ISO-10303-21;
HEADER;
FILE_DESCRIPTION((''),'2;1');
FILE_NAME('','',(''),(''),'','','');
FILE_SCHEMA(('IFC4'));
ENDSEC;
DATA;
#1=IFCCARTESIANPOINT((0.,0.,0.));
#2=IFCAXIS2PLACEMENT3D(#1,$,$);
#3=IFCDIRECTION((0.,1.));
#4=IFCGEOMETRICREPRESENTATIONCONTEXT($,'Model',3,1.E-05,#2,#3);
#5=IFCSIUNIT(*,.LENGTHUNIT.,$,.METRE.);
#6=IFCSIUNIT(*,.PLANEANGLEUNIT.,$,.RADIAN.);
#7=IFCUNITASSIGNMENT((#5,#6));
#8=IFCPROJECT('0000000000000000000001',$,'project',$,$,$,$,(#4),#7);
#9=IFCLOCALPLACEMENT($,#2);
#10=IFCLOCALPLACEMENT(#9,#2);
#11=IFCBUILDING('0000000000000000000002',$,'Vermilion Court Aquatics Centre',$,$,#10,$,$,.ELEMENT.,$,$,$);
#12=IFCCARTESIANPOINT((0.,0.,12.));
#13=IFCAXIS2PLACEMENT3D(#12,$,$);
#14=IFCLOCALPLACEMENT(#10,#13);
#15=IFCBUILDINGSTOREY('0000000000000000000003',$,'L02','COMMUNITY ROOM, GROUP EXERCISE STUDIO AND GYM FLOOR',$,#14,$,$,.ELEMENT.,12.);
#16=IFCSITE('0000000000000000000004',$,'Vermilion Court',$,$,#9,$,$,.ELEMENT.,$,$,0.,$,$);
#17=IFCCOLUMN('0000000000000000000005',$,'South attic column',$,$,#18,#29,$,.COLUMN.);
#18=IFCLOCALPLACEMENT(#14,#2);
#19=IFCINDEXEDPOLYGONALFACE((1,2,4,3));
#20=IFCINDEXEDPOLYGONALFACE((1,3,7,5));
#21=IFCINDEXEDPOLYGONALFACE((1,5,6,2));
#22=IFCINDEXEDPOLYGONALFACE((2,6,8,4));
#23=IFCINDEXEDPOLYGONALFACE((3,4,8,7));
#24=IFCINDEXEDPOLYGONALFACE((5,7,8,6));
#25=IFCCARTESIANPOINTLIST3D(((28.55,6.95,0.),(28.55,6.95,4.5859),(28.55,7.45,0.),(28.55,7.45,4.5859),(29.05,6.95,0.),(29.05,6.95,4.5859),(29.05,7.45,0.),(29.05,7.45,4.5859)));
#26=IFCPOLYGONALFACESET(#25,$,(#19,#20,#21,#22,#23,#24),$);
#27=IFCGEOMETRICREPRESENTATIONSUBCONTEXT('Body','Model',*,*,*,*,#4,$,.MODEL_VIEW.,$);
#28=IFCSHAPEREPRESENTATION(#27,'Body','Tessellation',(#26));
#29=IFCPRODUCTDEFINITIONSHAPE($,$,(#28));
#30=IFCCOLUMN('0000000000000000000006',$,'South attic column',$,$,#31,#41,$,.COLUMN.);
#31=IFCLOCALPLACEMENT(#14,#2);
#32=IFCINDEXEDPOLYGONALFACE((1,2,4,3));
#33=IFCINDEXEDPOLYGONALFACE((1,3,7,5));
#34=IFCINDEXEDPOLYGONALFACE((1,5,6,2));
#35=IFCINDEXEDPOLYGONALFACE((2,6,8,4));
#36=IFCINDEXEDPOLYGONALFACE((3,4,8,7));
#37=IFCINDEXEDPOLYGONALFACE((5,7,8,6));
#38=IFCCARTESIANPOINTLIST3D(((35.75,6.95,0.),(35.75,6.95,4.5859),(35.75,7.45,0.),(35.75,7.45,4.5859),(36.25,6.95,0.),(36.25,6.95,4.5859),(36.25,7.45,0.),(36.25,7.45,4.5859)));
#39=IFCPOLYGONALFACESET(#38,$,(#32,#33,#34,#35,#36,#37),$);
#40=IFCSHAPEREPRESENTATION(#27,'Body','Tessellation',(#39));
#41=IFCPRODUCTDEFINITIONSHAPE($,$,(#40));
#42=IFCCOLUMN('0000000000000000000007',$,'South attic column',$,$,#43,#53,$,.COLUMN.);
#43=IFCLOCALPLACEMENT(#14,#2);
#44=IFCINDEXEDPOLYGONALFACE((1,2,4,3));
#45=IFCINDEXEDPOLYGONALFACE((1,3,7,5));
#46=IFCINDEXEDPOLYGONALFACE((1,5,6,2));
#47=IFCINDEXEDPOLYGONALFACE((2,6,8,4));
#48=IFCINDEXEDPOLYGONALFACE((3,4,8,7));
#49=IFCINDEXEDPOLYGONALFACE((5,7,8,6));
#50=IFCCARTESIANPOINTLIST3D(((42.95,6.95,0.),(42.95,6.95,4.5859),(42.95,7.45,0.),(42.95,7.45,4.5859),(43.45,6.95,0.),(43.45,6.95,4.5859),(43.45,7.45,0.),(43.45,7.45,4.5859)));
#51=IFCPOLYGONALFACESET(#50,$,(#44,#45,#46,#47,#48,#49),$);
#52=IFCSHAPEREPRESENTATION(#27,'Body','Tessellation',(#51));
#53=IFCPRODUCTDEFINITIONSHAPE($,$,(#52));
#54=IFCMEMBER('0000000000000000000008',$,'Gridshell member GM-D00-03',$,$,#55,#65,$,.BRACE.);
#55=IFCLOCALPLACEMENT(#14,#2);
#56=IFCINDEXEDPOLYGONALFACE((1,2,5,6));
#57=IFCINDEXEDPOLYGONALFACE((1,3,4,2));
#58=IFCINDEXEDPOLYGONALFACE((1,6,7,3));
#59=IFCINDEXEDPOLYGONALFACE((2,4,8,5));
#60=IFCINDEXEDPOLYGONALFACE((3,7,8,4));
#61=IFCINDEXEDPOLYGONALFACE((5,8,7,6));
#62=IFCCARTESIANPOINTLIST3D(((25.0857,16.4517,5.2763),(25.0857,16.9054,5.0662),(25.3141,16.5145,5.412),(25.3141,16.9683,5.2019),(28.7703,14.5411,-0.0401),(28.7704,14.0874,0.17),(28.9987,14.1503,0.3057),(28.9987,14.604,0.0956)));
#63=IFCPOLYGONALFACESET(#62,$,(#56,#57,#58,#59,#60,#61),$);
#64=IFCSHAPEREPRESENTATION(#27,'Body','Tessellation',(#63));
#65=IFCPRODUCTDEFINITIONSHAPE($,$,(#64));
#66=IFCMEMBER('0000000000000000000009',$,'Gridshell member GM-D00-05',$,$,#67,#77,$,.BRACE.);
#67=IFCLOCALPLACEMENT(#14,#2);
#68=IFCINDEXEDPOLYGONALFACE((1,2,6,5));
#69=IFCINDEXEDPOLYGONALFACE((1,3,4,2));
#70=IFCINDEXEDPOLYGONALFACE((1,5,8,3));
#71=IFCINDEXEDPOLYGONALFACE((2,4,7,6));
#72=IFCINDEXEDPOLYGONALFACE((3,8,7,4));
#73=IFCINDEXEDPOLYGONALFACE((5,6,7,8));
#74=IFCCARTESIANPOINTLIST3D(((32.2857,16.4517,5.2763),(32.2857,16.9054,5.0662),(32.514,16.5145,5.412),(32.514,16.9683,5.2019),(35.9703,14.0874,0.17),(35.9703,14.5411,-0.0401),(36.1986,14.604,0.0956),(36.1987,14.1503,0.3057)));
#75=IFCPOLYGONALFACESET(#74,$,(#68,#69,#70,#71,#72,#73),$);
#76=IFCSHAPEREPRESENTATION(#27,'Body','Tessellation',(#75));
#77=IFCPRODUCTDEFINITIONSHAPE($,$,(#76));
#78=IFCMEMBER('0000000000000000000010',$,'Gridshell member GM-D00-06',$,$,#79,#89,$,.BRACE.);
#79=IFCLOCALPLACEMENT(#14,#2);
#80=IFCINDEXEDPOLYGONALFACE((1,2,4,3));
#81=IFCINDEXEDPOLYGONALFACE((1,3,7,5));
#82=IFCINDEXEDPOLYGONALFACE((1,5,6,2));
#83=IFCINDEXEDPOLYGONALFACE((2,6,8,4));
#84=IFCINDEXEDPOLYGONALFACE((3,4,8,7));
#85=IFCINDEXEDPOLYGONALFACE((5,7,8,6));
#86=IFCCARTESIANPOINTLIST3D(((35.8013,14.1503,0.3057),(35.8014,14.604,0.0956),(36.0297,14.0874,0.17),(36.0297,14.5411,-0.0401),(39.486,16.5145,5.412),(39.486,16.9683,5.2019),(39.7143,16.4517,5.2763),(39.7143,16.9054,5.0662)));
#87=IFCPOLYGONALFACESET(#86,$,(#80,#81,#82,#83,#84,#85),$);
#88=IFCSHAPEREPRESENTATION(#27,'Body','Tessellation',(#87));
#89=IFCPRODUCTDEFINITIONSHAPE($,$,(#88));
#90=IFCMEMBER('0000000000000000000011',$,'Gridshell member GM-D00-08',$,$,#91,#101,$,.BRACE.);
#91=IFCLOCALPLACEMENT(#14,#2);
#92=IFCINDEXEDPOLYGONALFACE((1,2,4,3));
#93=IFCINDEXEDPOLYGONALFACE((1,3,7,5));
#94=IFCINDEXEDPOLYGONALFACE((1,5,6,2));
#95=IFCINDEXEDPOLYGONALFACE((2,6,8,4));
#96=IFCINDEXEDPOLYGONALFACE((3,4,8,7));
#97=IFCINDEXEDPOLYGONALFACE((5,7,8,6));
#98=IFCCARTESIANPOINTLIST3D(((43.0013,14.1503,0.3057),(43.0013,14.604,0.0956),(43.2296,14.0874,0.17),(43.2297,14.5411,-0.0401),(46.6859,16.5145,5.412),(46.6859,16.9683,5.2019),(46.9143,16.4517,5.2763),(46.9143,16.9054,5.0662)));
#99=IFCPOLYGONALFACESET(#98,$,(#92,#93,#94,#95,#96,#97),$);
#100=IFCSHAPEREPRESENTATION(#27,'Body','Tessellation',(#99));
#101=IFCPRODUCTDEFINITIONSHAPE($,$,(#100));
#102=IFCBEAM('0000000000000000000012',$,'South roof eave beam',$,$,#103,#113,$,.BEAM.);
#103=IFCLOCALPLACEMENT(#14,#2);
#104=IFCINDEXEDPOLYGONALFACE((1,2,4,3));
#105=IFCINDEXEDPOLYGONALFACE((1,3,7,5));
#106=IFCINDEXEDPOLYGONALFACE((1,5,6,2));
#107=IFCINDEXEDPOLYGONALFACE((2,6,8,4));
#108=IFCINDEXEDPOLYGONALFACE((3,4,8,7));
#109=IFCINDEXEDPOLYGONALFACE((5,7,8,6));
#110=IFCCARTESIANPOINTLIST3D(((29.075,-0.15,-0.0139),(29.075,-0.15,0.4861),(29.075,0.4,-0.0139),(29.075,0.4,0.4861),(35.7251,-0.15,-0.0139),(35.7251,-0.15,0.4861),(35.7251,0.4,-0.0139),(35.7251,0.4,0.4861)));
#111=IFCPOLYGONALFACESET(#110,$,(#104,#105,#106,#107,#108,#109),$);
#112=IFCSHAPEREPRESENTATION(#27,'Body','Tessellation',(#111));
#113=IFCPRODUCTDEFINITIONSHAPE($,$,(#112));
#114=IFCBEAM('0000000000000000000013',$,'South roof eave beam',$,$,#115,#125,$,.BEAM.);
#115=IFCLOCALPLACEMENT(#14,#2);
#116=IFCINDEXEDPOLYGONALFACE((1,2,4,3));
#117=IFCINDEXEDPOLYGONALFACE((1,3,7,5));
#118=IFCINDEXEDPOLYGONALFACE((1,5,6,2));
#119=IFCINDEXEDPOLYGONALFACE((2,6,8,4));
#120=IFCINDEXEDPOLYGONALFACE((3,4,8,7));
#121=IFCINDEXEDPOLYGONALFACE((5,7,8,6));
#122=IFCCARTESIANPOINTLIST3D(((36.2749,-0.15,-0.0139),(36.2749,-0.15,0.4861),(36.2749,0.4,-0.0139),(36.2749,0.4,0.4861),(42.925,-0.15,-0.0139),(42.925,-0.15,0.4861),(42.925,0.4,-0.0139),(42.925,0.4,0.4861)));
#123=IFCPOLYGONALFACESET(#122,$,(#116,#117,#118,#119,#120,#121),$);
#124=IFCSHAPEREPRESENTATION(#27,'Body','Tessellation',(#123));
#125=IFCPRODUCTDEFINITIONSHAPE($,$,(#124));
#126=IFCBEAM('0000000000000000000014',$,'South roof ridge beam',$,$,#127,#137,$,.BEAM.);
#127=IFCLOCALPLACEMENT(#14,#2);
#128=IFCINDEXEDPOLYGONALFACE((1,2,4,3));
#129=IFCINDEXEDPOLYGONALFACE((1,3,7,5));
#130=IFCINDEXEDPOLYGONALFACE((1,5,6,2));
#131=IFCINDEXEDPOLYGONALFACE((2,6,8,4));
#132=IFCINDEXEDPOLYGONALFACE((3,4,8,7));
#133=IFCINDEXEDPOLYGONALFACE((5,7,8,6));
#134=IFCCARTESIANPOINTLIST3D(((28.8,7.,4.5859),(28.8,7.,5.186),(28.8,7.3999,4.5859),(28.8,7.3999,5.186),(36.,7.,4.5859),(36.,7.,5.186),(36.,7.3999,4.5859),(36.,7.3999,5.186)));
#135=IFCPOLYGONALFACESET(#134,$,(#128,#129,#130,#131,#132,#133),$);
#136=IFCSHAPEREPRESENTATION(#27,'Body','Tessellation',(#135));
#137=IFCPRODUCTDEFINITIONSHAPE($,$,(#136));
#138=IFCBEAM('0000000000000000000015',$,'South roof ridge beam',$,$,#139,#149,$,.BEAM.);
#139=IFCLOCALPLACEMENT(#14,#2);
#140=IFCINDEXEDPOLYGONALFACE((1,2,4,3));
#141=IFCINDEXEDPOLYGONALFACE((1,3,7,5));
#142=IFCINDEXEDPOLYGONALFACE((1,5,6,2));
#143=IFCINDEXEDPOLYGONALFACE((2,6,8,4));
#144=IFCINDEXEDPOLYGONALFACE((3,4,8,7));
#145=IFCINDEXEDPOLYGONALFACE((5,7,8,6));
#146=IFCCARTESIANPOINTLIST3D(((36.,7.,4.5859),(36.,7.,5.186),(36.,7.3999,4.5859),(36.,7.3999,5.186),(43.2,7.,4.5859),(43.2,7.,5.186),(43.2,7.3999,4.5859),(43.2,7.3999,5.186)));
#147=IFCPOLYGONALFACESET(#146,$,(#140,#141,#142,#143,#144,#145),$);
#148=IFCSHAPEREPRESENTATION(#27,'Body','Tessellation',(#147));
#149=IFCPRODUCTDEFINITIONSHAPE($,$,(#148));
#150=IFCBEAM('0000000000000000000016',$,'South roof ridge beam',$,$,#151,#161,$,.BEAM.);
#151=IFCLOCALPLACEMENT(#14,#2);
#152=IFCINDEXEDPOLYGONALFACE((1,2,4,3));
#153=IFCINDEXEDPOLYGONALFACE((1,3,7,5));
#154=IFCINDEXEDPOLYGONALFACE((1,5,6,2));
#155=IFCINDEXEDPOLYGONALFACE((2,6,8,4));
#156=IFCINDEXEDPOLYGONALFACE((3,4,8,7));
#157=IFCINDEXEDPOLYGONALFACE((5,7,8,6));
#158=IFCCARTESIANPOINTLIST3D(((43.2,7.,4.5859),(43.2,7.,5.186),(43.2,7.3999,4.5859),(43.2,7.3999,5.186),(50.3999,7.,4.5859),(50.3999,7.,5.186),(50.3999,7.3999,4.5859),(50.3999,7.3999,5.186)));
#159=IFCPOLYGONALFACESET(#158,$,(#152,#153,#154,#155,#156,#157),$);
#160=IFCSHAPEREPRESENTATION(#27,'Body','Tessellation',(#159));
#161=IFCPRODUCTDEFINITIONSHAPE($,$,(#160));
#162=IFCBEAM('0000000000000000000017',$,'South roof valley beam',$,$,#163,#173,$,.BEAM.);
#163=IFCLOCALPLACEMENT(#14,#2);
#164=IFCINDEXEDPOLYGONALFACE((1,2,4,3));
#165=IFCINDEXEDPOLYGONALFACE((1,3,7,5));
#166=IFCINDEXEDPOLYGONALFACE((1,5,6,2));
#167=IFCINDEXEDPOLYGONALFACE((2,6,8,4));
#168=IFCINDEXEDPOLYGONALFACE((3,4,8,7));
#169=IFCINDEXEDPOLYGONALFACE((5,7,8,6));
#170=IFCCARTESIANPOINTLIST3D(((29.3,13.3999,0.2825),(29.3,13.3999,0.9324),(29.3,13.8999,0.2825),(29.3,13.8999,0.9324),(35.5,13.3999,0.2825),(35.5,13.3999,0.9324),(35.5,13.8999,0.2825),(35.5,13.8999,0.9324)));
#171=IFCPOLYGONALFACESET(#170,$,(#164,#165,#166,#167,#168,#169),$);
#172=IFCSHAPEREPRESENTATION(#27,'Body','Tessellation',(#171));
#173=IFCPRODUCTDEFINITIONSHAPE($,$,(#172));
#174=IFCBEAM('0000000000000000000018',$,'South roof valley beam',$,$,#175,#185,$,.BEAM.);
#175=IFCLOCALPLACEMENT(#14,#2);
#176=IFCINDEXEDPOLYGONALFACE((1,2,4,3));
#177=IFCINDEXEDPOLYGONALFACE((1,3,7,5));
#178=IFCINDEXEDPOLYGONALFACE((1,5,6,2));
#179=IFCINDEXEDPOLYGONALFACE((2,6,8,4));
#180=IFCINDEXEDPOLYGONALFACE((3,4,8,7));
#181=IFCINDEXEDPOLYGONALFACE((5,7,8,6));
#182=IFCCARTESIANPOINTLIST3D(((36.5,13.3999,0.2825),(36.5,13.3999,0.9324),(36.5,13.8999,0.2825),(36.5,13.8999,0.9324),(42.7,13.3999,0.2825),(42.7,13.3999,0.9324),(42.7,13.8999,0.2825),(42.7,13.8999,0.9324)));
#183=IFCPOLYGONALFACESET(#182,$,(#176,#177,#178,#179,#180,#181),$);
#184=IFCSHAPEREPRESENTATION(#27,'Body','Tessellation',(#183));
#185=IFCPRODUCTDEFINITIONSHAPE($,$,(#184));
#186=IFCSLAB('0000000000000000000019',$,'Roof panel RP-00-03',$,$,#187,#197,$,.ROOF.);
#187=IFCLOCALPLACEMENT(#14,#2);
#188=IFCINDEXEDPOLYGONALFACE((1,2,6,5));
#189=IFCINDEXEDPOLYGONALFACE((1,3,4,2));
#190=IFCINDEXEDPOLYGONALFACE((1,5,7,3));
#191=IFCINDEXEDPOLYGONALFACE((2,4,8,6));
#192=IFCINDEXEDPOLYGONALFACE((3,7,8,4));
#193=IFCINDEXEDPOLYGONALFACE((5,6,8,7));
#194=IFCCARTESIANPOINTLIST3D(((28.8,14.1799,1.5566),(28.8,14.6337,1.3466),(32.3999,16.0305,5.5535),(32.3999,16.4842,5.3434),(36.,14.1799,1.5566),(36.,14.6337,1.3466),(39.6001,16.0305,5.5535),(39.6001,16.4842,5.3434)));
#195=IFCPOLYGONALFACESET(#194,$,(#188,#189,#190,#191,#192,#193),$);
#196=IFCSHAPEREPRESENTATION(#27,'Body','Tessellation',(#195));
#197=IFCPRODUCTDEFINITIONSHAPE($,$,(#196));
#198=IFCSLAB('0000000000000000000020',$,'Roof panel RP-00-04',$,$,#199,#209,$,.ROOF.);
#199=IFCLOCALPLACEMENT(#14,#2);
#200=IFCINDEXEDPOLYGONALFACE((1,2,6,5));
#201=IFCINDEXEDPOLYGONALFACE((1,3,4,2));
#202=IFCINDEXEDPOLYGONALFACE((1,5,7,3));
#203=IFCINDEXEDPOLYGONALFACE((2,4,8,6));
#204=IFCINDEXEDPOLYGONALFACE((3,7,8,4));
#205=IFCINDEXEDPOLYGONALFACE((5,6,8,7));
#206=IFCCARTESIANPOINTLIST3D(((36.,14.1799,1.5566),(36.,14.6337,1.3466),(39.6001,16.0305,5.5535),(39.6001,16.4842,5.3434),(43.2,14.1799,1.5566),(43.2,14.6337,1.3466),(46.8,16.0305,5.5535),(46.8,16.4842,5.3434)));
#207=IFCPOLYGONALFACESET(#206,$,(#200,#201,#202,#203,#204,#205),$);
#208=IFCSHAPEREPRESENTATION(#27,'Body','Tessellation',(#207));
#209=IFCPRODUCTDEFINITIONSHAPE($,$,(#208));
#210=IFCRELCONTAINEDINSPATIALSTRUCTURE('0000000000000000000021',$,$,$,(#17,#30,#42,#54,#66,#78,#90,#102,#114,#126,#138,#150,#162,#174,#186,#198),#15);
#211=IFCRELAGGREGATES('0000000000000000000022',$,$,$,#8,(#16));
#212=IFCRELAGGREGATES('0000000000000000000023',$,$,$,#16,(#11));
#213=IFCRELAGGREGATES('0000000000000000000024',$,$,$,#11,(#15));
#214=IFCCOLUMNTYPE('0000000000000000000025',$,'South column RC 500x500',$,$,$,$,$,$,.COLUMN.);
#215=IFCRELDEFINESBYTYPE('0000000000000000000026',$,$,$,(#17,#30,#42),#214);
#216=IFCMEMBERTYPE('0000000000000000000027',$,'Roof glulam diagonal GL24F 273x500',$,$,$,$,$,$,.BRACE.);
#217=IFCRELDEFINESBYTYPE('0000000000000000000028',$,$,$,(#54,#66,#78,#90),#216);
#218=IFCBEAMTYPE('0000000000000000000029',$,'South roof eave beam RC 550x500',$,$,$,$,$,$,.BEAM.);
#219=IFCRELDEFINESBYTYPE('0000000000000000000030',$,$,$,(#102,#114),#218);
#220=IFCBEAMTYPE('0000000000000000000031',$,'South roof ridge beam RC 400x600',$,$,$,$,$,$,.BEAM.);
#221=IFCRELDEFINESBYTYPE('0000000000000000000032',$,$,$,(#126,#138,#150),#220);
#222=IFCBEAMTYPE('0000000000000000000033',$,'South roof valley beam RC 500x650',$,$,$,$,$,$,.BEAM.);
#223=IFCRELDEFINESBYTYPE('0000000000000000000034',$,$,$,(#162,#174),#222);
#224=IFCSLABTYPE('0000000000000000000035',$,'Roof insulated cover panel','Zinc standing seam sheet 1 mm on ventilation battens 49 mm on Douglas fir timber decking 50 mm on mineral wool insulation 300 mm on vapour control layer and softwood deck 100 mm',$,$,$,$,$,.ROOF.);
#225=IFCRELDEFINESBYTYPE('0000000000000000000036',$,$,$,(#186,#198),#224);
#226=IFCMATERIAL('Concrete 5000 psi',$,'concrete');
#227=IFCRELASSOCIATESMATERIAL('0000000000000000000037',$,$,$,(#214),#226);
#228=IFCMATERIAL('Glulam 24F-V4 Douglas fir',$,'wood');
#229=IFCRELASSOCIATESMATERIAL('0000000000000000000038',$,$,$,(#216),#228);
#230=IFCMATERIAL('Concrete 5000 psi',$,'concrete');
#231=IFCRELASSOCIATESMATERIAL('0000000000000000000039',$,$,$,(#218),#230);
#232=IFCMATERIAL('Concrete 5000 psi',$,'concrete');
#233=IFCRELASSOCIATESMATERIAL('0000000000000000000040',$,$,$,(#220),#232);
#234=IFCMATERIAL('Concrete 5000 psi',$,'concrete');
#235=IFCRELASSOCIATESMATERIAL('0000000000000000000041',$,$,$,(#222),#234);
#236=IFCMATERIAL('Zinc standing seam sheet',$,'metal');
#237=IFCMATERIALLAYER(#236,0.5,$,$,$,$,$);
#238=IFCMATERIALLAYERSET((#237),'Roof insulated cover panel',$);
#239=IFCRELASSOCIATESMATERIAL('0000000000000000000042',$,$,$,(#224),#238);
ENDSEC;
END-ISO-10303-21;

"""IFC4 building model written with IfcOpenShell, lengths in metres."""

from ifc_helpers import new_model, si_unit, direction, frame, origin, origin_2d, place, context, subcontext, project, spatial, polyline, rectangle, outline, extrude, material, layer, layer_set, material_profile, profile_set, type_object, element, save


model = new_model("IFC4")

# Units and contexts
model_context = context("Model", 3, precision=1e-05, world=origin(), true_north=direction((0.0, 1.0)))
body_context = subcontext(model_context, "Body", "Model", "MODEL_VIEW")
ifc_project = project(units=[si_unit("LENGTHUNIT", "METRE"), si_unit("PLANEANGLEUNIT", "RADIAN")], contexts=[model_context])

# Site, building, storey
site_placement = place(None, origin())
site = spatial("IfcSite", under=ifc_project, at=site_placement, Name="Vermilion Court", CompositionType="ELEMENT", RefElevation=0.0)
building_placement = place(site_placement, origin())
building = spatial("IfcBuilding", under=site, at=building_placement, Name="Vermilion Court Aquatics Centre", CompositionType="ELEMENT")
storey_placement = place(building_placement, frame((0.0, 0.0, 12.0)))
storey = spatial("IfcBuildingStorey", under=building, at=storey_placement, Name="L02", Description="COMMUNITY ROOM, GROUP EXERCISE STUDIO AND GYM FLOOR", CompositionType="ELEMENT", Elevation=12.0)

# Columns
ifc_material_1 = material(Name="Concrete 5000 psi", Category="concrete")
ifc_material_profile_1 = material_profile(ifc_material_1, rectangle(XDim=0.5, YDim=0.5, at=origin_2d()), Name="RC 500x500")
ifc_profile_set_1 = profile_set([ifc_material_profile_1], Name="Concrete 5000 psi")
column_type = type_object("IfcColumnType", Name="South column RC 500x500", PredefinedType="COLUMN", material=ifc_profile_set_1)
for number, where, z_axis, x_axis, name in (
    (1, (28.8, 7.2, 0.0), (0.0, 0.0, 1.0), (1.0, 0.0, 0.0), "South attic column"),
    (2, (36.0, 7.2, 0.0), (0.0, 0.0, 1.0), (1.0, 0.0, 0.0), "South attic column"),
    (3, (43.2, 7.2, 0.0), (0.0, 0.0, 1.0), (1.0, 0.0, 0.0), "South attic column"),
):
    element("IfcColumn", number, at=place(storey_placement, frame(where, z_axis=z_axis, x_axis=x_axis)), inside=storey, type_object=column_type, Name=name, PredefinedType="COLUMN", context=body_context, shape_type="SweptSolid", body=[
        extrude(rectangle(XDim=0.5, YDim=0.5, at=origin_2d()), origin(), (0.0, 0.0, 1.0), 4.5859),
    ])

# Members
ifc_material_2 = material(Name="Glulam 24F-V4 Douglas fir", Category="wood")
ifc_material_profile_2 = material_profile(ifc_material_2, rectangle(XDim=0.2729, YDim=0.5, at=origin_2d()), Name="GL24F 273x500")
ifc_profile_set_2 = profile_set([ifc_material_profile_2], Name="Glulam 24F-V4 Douglas fir")
member_type = type_object("IfcMemberType", Name="Roof glulam diagonal GL24F 273x500", PredefinedType="BRACE", material=ifc_profile_set_2)
for number, where, z_axis, x_axis, name in (
    (4, (28.8845, 14.3457, 0.1328), (-0.54781, 0.35151, 0.759174), (-0.836603, -0.230193, -0.497099), "Gridshell member GM-D00-03"),
    (5, (36.0845, 14.3457, 0.1328), (-0.54781, 0.35151, 0.759174), (-0.836603, -0.230193, -0.497099), "Gridshell member GM-D00-05"),
    (6, (35.9155, 14.3457, 0.1328), (0.54781, 0.35151, 0.759174), (-0.836603, 0.230193, 0.497099), "Gridshell member GM-D00-06"),
    (7, (43.1155, 14.3457, 0.1328), (0.54781, 0.35151, 0.759174), (-0.836603, 0.230193, 0.497099), "Gridshell member GM-D00-08"),
):
    element("IfcMember", number, at=place(storey_placement, frame(where, z_axis=z_axis, x_axis=x_axis)), inside=storey, type_object=member_type, Name=name, PredefinedType="BRACE", context=body_context, shape_type="SweptSolid", body=[
        extrude(rectangle(XDim=0.2729, YDim=0.5, at=origin_2d()), origin(), (0.0, 0.0, 1.0), 6.7261),
    ])

# Beams
ifc_material_3 = material(Name="Concrete 5000 psi", Category="concrete")
ifc_material_profile_3 = material_profile(ifc_material_3, rectangle(XDim=0.55, YDim=0.5, at=origin_2d()), Name="RC 550x500")
ifc_profile_set_3 = profile_set([ifc_material_profile_3], Name="Concrete 5000 psi")
beam_type_1 = type_object("IfcBeamType", Name="South roof eave beam RC 550x500", PredefinedType="BEAM", material=ifc_profile_set_3)
for number, where, z_axis, x_axis, name in (
    (8, (29.075, 0.125, 0.2361), (1.0, 0.0, 0.0), (0.0, 1.0, 0.0), "South roof eave beam"),
    (9, (36.2749, 0.125, 0.2361), (1.0, 0.0, 0.0), (0.0, 1.0, 0.0), "South roof eave beam"),
):
    element("IfcBeam", number, at=place(storey_placement, frame(where, z_axis=z_axis, x_axis=x_axis)), inside=storey, type_object=beam_type_1, Name=name, PredefinedType="BEAM", context=body_context, shape_type="SweptSolid", body=[
        extrude(rectangle(XDim=0.55, YDim=0.5, at=origin_2d()), origin(), (0.0, 0.0, 1.0), 6.6501),
    ])
ifc_material_4 = material(Name="Concrete 5000 psi", Category="concrete")
ifc_material_profile_4 = material_profile(ifc_material_4, rectangle(XDim=0.3999, YDim=0.6001, at=origin_2d()), Name="RC 400x600")
ifc_profile_set_4 = profile_set([ifc_material_profile_4], Name="Concrete 5000 psi")
beam_type_2 = type_object("IfcBeamType", Name="South roof ridge beam RC 400x600", PredefinedType="BEAM", material=ifc_profile_set_4)
for number, where, z_axis, x_axis, name in (
    (10, (28.8, 7.2, 4.886), (1.0, 0.0, 0.0), (0.0, 1.0, 0.0), "South roof ridge beam"),
    (11, (36.0, 7.2, 4.886), (1.0, 0.0, 0.0), (0.0, 1.0, 0.0), "South roof ridge beam"),
    (12, (43.2, 7.2, 4.886), (1.0, 0.0, 0.0), (0.0, 1.0, 0.0), "South roof ridge beam"),
):
    element("IfcBeam", number, at=place(storey_placement, frame(where, z_axis=z_axis, x_axis=x_axis)), inside=storey, type_object=beam_type_2, Name=name, PredefinedType="BEAM", context=body_context, shape_type="SweptSolid", body=[
        extrude(rectangle(XDim=0.3999, YDim=0.6001, at=origin_2d()), origin(), (0.0, 0.0, 1.0), 7.2),
    ])
ifc_material_5 = material(Name="Concrete 5000 psi", Category="concrete")
ifc_material_profile_5 = material_profile(ifc_material_5, rectangle(XDim=0.5, YDim=0.6499, at=origin_2d()), Name="RC 500x650")
ifc_profile_set_5 = profile_set([ifc_material_profile_5], Name="Concrete 5000 psi")
beam_type_3 = type_object("IfcBeamType", Name="South roof valley beam RC 500x650", PredefinedType="BEAM", material=ifc_profile_set_5)
for number, where, z_axis, x_axis, name in (
    (13, (29.3, 13.6499, 0.6074), (1.0, 0.0, 0.0), (0.0, 1.0, 0.0), "South roof valley beam"),
    (14, (36.5, 13.6499, 0.6074), (1.0, 0.0, 0.0), (0.0, 1.0, 0.0), "South roof valley beam"),
):
    element("IfcBeam", number, at=place(storey_placement, frame(where, z_axis=z_axis, x_axis=x_axis)), inside=storey, type_object=beam_type_3, Name=name, PredefinedType="BEAM", context=body_context, shape_type="SweptSolid", body=[
        extrude(rectangle(XDim=0.5, YDim=0.6499, at=origin_2d()), origin(), (0.0, 0.0, 1.0), 6.2),
    ])

# Slabs
ifc_material_6 = material(Name="Zinc standing seam sheet", Category="metal")
ifc_layer_1 = layer(ifc_material_6, 0.5)
ifc_layer_set_1 = layer_set([ifc_layer_1], Name="Roof insulated cover panel")
slab_type_1 = type_object("IfcSlabType", Name="Roof insulated cover panel", Description="Zinc standing seam sheet 1 mm on ventilation battens 49 mm on Douglas fir timber decking 50 mm on mineral wool insulation 300 mm on vapour control layer and softwood deck 100 mm", PredefinedType="ROOF", material=ifc_layer_set_1)
slab_1_placement = place(storey_placement, frame((28.8, 14.1799, 1.5566), z_axis=(0.0, -0.907449, 0.420162), x_axis=(1.0, 0.0, 0.0)))
element("IfcSlab", 15, at=slab_1_placement, inside=storey, type_object=slab_type_1, Name="Roof panel RP-00-03", PredefinedType="ROOF", context=body_context, shape_type="SweptSolid", body=[
    extrude(outline(polyline([(0.0, 0.0), (7.2, 0.0), (10.8, 4.4045), (3.5999, 4.4045), (0.0, 0.0)])), origin(), (0.0, 0.0, -1.0), 0.5),
])
for number, where, z_axis, x_axis, name in (
    (16, (36.0, 14.1799, 1.5566), (0.0, -0.907449, 0.420162), (1.0, 0.0, 0.0), "Roof panel RP-00-04"),
):
    element("IfcSlab", number, at=place(storey_placement, frame(where, z_axis=z_axis, x_axis=x_axis)), inside=storey, type_object=slab_type_1, Name=name, PredefinedType="ROOF", context=body_context, shape_type="SweptSolid", body=[
        extrude(outline(polyline([(0.0, 0.0), (7.2, 0.0), (10.8, 4.4045), (3.6001, 4.4045), (0.0, 0.0)])), origin(), (0.0, 0.0, -1.0), 0.5),
    ])

save(model, "model.ifc")
